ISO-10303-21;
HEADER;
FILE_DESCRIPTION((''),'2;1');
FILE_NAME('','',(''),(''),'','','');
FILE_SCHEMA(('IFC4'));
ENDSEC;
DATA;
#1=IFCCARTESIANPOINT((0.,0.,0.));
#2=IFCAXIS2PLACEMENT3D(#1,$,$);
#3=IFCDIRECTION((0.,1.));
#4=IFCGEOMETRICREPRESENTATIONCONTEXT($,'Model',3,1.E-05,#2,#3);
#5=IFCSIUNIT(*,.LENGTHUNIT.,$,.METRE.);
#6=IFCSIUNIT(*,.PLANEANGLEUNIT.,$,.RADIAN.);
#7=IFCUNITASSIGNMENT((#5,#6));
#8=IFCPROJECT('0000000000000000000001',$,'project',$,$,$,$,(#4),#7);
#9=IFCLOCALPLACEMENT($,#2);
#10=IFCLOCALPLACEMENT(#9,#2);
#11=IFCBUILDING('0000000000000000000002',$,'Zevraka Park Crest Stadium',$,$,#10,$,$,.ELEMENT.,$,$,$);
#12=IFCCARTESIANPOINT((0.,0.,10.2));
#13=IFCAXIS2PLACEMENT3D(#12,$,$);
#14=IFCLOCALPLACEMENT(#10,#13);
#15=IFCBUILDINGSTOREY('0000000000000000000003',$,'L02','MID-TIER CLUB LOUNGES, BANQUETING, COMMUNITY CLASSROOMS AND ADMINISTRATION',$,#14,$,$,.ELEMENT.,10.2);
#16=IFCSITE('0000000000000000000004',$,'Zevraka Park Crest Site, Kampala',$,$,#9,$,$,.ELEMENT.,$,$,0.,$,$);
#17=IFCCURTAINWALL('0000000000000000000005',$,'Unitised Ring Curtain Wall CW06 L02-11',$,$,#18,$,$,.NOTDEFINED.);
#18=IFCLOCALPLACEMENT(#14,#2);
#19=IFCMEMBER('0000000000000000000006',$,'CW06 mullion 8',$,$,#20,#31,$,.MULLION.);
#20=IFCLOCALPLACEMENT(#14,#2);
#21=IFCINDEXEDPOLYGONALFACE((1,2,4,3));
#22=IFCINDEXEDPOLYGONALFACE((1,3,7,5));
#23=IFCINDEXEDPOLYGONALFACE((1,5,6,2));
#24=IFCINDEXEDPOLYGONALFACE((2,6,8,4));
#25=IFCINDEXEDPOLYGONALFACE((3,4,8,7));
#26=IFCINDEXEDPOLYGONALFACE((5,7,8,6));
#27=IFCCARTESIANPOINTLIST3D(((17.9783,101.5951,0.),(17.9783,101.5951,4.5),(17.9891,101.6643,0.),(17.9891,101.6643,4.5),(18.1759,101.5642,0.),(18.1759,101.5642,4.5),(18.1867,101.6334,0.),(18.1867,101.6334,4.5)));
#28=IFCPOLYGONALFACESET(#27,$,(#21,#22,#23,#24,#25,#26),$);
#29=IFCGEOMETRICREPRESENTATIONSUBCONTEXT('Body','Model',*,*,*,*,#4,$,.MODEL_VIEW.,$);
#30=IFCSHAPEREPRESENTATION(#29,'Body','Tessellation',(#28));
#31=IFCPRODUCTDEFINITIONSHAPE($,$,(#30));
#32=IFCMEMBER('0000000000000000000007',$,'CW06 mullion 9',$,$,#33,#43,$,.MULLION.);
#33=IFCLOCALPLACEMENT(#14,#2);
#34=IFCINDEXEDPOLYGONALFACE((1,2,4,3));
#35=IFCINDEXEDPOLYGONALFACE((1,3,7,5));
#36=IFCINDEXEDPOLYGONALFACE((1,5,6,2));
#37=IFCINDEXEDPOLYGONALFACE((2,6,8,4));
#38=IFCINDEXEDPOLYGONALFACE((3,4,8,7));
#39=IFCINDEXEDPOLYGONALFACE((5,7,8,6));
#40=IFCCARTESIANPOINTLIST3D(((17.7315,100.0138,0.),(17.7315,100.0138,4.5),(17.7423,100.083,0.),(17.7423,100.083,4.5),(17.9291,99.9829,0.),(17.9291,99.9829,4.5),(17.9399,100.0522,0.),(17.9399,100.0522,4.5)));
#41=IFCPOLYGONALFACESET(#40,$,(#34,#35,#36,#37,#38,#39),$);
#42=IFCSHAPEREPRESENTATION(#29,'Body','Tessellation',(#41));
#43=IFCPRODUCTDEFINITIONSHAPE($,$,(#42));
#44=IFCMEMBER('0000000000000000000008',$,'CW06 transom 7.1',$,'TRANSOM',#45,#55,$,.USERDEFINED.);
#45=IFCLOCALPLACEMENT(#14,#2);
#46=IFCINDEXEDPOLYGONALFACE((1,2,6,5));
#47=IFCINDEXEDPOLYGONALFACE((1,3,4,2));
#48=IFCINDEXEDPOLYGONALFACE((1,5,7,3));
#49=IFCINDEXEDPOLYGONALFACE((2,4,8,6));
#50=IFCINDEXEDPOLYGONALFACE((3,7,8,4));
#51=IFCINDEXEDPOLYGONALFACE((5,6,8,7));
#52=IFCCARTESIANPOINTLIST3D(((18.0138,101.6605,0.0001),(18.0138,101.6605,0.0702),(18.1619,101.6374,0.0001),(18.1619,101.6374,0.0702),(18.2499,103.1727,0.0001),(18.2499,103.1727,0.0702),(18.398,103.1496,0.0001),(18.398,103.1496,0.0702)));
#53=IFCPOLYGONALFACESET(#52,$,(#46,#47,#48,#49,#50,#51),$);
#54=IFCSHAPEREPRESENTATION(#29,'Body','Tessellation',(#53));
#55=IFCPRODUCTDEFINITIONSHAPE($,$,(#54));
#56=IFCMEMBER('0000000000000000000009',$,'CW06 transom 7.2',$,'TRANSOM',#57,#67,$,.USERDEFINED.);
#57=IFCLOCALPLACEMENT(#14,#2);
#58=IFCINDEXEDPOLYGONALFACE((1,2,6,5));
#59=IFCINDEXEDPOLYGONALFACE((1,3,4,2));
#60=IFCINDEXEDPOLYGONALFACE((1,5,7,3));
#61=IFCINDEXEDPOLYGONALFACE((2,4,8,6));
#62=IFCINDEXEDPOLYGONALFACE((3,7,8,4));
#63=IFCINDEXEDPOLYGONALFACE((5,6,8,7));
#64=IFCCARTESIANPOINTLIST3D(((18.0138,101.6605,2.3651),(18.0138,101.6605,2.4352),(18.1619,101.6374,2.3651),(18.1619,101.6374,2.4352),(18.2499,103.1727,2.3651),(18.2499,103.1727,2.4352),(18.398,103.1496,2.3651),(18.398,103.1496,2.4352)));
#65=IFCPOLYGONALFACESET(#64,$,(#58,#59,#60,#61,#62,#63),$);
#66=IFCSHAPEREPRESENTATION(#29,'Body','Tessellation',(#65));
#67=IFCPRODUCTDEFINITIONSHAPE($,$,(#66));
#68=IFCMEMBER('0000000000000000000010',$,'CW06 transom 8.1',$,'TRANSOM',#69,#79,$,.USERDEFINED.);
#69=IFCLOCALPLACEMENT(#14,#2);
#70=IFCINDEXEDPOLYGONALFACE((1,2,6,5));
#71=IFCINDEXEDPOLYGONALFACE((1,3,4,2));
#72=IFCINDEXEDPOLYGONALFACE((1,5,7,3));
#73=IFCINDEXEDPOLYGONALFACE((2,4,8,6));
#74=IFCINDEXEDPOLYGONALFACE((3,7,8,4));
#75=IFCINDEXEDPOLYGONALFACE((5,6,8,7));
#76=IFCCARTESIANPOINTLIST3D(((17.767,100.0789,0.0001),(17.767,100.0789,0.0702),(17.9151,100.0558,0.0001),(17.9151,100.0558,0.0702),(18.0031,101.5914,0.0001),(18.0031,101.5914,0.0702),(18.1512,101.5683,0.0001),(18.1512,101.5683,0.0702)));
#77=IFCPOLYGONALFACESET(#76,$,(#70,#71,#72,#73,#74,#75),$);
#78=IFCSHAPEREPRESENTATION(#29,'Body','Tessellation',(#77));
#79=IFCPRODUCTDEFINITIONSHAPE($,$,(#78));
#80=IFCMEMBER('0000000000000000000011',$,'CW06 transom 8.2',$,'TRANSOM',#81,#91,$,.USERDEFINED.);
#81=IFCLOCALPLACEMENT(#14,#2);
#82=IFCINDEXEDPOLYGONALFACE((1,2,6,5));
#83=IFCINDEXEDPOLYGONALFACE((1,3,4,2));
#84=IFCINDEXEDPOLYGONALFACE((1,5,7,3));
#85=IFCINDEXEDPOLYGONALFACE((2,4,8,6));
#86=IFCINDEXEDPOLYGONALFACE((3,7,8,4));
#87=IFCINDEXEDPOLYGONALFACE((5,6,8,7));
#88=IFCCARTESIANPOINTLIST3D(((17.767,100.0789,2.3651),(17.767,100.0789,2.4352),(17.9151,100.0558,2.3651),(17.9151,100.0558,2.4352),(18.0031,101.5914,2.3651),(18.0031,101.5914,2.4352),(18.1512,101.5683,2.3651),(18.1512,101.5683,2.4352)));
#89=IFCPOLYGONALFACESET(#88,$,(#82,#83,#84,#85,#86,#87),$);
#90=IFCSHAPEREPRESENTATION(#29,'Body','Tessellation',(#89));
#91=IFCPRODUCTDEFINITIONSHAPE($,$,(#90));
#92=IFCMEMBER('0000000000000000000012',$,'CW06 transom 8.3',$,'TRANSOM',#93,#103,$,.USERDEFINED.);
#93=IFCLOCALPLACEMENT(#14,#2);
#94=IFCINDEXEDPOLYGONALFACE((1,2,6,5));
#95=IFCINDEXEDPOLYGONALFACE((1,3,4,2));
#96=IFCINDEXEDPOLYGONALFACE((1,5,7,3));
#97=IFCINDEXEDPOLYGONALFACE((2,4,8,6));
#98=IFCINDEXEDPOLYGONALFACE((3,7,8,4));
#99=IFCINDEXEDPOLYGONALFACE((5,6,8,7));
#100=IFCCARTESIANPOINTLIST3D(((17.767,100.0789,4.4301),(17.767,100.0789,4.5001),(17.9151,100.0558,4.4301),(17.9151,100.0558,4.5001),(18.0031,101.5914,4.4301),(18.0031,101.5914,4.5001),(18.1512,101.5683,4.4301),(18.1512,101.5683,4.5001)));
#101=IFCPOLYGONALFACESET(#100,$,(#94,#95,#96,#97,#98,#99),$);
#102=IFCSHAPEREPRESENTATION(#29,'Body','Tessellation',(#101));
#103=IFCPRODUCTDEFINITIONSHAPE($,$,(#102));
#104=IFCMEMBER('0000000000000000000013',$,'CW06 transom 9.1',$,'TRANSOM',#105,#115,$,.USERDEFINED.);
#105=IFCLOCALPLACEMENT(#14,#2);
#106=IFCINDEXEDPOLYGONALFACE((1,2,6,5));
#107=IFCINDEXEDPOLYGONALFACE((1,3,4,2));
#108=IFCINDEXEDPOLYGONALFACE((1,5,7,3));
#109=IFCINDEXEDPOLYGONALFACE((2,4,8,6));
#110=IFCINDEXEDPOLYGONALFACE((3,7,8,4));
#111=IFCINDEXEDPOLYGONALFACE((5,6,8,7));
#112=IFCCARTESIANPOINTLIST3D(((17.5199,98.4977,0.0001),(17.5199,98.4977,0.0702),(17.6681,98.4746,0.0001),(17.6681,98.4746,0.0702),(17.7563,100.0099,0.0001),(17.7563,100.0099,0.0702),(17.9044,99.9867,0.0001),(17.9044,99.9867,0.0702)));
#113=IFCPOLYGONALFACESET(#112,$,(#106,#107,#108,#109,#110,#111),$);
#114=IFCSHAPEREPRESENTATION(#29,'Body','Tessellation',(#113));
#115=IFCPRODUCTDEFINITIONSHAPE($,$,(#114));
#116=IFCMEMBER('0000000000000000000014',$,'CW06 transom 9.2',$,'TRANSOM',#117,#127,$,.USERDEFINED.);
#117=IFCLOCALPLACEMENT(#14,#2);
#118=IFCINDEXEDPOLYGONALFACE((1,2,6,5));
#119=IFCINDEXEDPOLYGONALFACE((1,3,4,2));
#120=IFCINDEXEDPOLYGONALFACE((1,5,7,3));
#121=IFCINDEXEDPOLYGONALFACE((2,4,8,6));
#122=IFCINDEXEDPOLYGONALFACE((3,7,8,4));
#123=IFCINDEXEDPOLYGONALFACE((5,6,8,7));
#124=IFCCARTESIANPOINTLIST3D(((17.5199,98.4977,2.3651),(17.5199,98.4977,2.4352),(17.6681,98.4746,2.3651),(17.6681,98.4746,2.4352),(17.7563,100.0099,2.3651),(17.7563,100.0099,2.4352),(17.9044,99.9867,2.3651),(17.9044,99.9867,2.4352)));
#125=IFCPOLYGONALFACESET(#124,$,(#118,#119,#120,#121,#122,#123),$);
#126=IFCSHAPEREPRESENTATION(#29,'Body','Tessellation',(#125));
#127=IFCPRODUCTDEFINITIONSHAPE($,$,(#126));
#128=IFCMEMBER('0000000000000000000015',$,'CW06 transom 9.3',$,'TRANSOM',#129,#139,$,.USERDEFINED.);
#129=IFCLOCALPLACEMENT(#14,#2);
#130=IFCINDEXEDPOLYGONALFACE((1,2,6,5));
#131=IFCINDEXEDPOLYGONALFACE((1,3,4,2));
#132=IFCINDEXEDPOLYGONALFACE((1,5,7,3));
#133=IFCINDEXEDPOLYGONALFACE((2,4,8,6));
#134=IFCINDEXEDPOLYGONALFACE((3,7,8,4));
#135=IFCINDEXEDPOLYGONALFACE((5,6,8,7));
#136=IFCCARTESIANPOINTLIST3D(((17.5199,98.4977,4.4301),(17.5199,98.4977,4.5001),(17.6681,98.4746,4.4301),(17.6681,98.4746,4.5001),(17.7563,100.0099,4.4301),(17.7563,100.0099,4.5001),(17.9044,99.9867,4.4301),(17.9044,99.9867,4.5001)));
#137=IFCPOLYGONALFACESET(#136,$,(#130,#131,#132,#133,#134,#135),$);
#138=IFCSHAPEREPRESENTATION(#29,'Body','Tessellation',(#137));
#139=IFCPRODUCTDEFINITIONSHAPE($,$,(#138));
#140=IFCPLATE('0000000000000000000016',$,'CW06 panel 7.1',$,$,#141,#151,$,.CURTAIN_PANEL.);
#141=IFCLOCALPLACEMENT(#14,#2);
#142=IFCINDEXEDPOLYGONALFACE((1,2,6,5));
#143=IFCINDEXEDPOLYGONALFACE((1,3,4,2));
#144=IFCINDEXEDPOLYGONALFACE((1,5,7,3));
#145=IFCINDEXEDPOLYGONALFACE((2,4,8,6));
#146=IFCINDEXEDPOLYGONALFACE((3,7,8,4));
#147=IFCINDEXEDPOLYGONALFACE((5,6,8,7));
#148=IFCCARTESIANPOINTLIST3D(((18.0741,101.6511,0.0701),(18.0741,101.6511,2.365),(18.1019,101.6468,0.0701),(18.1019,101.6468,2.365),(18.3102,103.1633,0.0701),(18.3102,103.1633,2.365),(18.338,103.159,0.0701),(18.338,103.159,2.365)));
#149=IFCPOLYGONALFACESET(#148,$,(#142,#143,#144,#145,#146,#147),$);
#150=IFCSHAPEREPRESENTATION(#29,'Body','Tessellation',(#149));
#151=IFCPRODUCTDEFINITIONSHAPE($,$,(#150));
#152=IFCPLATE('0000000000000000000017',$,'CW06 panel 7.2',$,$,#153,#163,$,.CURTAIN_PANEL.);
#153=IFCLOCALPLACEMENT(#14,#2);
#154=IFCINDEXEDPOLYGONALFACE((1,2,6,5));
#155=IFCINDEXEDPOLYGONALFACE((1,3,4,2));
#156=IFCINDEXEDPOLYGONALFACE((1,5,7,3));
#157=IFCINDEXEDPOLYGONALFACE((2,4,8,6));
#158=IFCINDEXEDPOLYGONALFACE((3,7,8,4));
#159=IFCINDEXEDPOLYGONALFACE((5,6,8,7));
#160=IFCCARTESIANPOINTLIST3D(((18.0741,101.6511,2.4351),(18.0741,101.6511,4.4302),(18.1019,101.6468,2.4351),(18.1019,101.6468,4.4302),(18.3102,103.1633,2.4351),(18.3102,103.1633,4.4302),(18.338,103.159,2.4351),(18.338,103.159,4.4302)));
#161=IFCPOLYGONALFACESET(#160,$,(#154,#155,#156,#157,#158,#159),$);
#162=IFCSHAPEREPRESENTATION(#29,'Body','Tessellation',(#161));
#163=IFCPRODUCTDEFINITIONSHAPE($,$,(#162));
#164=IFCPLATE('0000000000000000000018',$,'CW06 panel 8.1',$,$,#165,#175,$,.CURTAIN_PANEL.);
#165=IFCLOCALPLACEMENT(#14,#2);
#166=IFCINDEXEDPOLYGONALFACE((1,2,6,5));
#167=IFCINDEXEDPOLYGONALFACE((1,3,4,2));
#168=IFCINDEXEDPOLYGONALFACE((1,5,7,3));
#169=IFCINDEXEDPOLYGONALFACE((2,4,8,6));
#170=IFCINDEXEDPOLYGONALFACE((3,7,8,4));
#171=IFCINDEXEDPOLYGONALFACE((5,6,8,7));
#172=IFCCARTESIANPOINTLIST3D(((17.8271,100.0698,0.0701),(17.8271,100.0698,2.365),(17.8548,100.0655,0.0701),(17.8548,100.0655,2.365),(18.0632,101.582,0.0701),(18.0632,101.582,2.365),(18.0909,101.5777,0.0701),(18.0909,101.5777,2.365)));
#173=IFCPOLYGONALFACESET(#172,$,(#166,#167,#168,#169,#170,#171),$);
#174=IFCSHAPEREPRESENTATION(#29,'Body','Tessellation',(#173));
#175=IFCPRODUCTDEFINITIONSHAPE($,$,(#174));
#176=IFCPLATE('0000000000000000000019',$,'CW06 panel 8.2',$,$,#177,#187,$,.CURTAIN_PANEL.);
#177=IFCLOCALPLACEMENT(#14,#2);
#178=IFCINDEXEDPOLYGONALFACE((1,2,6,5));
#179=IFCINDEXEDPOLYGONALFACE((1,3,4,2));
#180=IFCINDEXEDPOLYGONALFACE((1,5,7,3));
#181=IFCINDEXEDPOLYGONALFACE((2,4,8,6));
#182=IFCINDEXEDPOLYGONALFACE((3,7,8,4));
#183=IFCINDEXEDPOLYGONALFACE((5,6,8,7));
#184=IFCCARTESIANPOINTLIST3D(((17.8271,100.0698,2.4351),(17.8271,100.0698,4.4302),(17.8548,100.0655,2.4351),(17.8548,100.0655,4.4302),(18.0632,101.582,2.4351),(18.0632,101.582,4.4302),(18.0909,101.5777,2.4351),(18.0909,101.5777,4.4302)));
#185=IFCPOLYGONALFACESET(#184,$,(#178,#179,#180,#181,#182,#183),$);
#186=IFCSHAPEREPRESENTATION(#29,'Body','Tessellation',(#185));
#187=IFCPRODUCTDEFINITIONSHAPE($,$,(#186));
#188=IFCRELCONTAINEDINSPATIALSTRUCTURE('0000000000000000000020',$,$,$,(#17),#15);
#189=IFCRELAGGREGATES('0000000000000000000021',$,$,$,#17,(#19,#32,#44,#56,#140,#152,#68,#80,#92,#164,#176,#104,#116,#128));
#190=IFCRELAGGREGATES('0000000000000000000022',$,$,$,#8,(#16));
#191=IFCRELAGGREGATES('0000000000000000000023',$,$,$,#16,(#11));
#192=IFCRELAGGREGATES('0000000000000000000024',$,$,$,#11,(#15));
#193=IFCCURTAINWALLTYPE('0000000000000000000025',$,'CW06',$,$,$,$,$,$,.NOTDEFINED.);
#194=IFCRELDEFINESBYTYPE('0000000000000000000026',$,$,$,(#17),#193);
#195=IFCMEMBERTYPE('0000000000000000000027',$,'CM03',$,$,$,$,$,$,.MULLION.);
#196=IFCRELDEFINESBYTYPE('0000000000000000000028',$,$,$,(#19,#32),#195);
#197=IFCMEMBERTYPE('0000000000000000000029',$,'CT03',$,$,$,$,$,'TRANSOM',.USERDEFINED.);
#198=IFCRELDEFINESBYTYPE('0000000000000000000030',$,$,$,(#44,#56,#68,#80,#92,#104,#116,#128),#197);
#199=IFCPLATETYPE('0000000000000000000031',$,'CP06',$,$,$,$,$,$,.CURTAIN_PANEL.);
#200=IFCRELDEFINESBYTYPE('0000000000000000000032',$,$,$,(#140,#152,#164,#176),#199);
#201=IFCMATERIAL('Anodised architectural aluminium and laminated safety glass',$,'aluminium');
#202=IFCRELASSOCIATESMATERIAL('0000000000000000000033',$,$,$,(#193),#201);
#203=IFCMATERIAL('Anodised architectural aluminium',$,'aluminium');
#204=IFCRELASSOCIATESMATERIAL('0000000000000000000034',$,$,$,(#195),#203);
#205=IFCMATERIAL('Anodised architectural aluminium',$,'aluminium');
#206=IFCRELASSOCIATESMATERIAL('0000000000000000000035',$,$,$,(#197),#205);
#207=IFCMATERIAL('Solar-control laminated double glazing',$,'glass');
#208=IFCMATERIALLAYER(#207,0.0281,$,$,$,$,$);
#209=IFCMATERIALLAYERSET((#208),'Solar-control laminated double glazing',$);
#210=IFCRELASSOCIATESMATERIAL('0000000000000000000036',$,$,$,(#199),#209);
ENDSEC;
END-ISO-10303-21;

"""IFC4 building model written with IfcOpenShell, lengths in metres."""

from ifc_helpers import new_model, si_unit, direction, frame, origin, origin_2d, place, context, subcontext, project, spatial, rectangle, extrude, material, layer, layer_set, material_profile, profile_set, type_object, element, aggregate, save


model = new_model("IFC4")

# Units and contexts
model_context = context("Model", 3, precision=1e-05, world=origin(), true_north=direction((0.0, 1.0)))
body_context = subcontext(model_context, "Body", "Model", "MODEL_VIEW")
ifc_project = project(units=[si_unit("LENGTHUNIT", "METRE"), si_unit("PLANEANGLEUNIT", "RADIAN")], contexts=[model_context])

# Site, building, storey
site_placement = place(None, origin())
site = spatial("IfcSite", under=ifc_project, at=site_placement, Name="Zevraka Park Crest Site, Kampala", CompositionType="ELEMENT", RefElevation=0.0)
building_placement = place(site_placement, origin())
building = spatial("IfcBuilding", under=site, at=building_placement, Name="Zevraka Park Crest Stadium", CompositionType="ELEMENT")
storey_placement = place(building_placement, frame((0.0, 0.0, 10.2)))
storey = spatial("IfcBuildingStorey", under=building, at=storey_placement, Name="L02", Description="MID-TIER CLUB LOUNGES, BANQUETING, COMMUNITY CLASSROOMS AND ADMINISTRATION", CompositionType="ELEMENT", Elevation=10.2)

# Curtain wall, members, plates
ifc_material_1 = material(Name="Anodised architectural aluminium and laminated safety glass", Category="aluminium")
curtain_wall_type = type_object("IfcCurtainWallType", Name="CW06", PredefinedType="NOTDEFINED", material=ifc_material_1)
curtain_wall_placement = place(storey_placement, origin())
curtain_wall = element("IfcCurtainWall", 1, at=curtain_wall_placement, inside=storey, type_object=curtain_wall_type, Name="Unitised Ring Curtain Wall CW06 L02-11", PredefinedType="NOTDEFINED")
ifc_material_2 = material(Name="Anodised architectural aluminium", Category="aluminium")
ifc_material_profile_1 = material_profile(ifc_material_2, rectangle(XDim=0.2, YDim=0.0701, at=origin_2d()), Name="ALU MULLION 200x70")
ifc_profile_set_1 = profile_set([ifc_material_profile_1], Name="Anodised architectural aluminium")
member_type_1 = type_object("IfcMemberType", Name="CM03", PredefinedType="MULLION", material=ifc_profile_set_1)
member_1_placement = place(storey_placement, frame((18.0825, 101.6143, 0.0), z_axis=(0.0, 0.0, 1.0), x_axis=(0.988028, -0.154274, 0.0)))
member_1 = element("IfcMember", 2, at=member_1_placement, type_object=member_type_1, Name="CW06 mullion 8", PredefinedType="MULLION", context=body_context, shape_type="SweptSolid", body=[
    extrude(rectangle(XDim=0.2, YDim=0.0701, at=origin_2d()), origin(), (0.0, 0.0, 1.0), 4.5),
])
member_2_placement = place(storey_placement, frame((17.8357, 100.033, 0.0), z_axis=(0.0, 0.0, 1.0), x_axis=(0.988028, -0.154274, 0.0)))
member_2 = element("IfcMember", 3, at=member_2_placement, type_object=member_type_1, Name="CW06 mullion 9", PredefinedType="MULLION", context=body_context, shape_type="SweptSolid", body=[
    extrude(rectangle(XDim=0.2, YDim=0.0701, at=origin_2d()), origin(), (0.0, 0.0, 1.0), 4.5),
])
ifc_material_3 = material(Name="Anodised architectural aluminium", Category="aluminium")
ifc_material_profile_2 = material_profile(ifc_material_3, rectangle(XDim=0.1499, YDim=0.0701, at=origin_2d()), Name="ALU TRANSOM 150x70")
ifc_profile_set_2 = profile_set([ifc_material_profile_2], Name="Anodised architectural aluminium")
member_type_2 = type_object("IfcMemberType", Name="CT03", ElementType="TRANSOM", PredefinedType="USERDEFINED", material=ifc_profile_set_2)
member_3_placement = place(storey_placement, frame((18.324, 103.1611, 0.0352), z_axis=(-0.15425, -0.988032, 0.0), x_axis=(0.988032, -0.15425, 0.0)))
member_3 = element("IfcMember", 4, at=member_3_placement, type_object=member_type_2, Name="CW06 transom 7.1", ObjectType="TRANSOM", PredefinedType="USERDEFINED", context=body_context, shape_type="SweptSolid", body=[
    extrude(rectangle(XDim=0.1499, YDim=0.0701, at=origin_2d()), origin(), (0.0, 0.0, 1.0), 1.5305),
])
member_4_placement = place(storey_placement, frame((18.324, 103.1611, 2.4001), z_axis=(-0.15425, -0.988032, 0.0), x_axis=(0.988032, -0.15425, 0.0)))
member_4 = element("IfcMember", 5, at=member_4_placement, type_object=member_type_2, Name="CW06 transom 7.2", ObjectType="TRANSOM", PredefinedType="USERDEFINED", context=body_context, shape_type="SweptSolid", body=[
    extrude(rectangle(XDim=0.1499, YDim=0.0701, at=origin_2d()), origin(), (0.0, 0.0, 1.0), 1.5305),
])
member_5_placement = place(storey_placement, frame((18.0771, 101.5798, 0.0352), z_axis=(-0.154226, -0.988036, 0.0), x_axis=(0.988036, -0.154226, 0.0)))
member_5 = element("IfcMember", 6, at=member_5_placement, type_object=member_type_2, Name="CW06 transom 8.1", ObjectType="TRANSOM", PredefinedType="USERDEFINED", context=body_context, shape_type="SweptSolid", body=[
    extrude(rectangle(XDim=0.1499, YDim=0.0701, at=origin_2d()), origin(), (0.0, 0.0, 1.0), 1.5308),
])
member_6_placement = place(storey_placement, frame((18.0771, 101.5798, 2.4001), z_axis=(-0.154226, -0.988036, 0.0), x_axis=(0.988036, -0.154226, 0.0)))
member_6 = element("IfcMember", 7, at=member_6_placement, type_object=member_type_2, Name="CW06 transom 8.2", ObjectType="TRANSOM", PredefinedType="USERDEFINED", context=body_context, shape_type="SweptSolid", body=[
    extrude(rectangle(XDim=0.1499, YDim=0.0701, at=origin_2d()), origin(), (0.0, 0.0, 1.0), 1.5308),
])
member_7_placement = place(storey_placement, frame((18.0771, 101.5798, 4.4651), z_axis=(-0.154226, -0.988036, 0.0), x_axis=(0.988036, -0.154226, 0.0)))
member_7 = element("IfcMember", 8, at=member_7_placement, type_object=member_type_2, Name="CW06 transom 8.3", ObjectType="TRANSOM", PredefinedType="USERDEFINED", context=body_context, shape_type="SweptSolid", body=[
    extrude(rectangle(XDim=0.1499, YDim=0.0701, at=origin_2d()), origin(), (0.0, 0.0, 1.0), 1.5308),
])
member_8_placement = place(storey_placement, frame((17.8303, 99.9983, 0.0352), z_axis=(-0.154406, -0.988007, 0.0), x_axis=(0.988007, -0.154406, 0.0)))
member_8 = element("IfcMember", 9, at=member_8_placement, type_object=member_type_2, Name="CW06 transom 9.1", ObjectType="TRANSOM", PredefinedType="USERDEFINED", context=body_context, shape_type="SweptSolid", body=[
    extrude(rectangle(XDim=0.1499, YDim=0.0701, at=origin_2d()), origin(), (0.0, 0.0, 1.0), 1.5305),
])
member_9_placement = place(storey_placement, frame((17.8303, 99.9983, 2.4001), z_axis=(-0.154406, -0.988007, 0.0), x_axis=(0.988007, -0.154406, 0.0)))
member_9 = element("IfcMember", 10, at=member_9_placement, type_object=member_type_2, Name="CW06 transom 9.2", ObjectType="TRANSOM", PredefinedType="USERDEFINED", context=body_context, shape_type="SweptSolid", body=[
    extrude(rectangle(XDim=0.1499, YDim=0.0701, at=origin_2d()), origin(), (0.0, 0.0, 1.0), 1.5305),
])
member_10_placement = place(storey_placement, frame((17.8303, 99.9983, 4.4651), z_axis=(-0.154406, -0.988007, 0.0), x_axis=(0.988007, -0.154406, 0.0)))
member_10 = element("IfcMember", 11, at=member_10_placement, type_object=member_type_2, Name="CW06 transom 9.3", ObjectType="TRANSOM", PredefinedType="USERDEFINED", context=body_context, shape_type="SweptSolid", body=[
    extrude(rectangle(XDim=0.1499, YDim=0.0701, at=origin_2d()), origin(), (0.0, 0.0, 1.0), 1.5305),
])
ifc_material_4 = material(Name="Solar-control laminated double glazing", Category="glass")
ifc_layer_1 = layer(ifc_material_4, 0.0281)
ifc_layer_set_1 = layer_set([ifc_layer_1], Name="Solar-control laminated double glazing")
plate_type = type_object("IfcPlateType", Name="CP06", PredefinedType="CURTAIN_PANEL", material=ifc_layer_set_1)
plate_1_placement = place(storey_placement, frame((18.2061, 102.405, 0.0701), z_axis=(0.0, 0.0, 1.0), x_axis=(-0.154274, -0.988028, 0.0)))
plate_1 = element("IfcPlate", 12, at=plate_1_placement, type_object=plate_type, Name="CW06 panel 7.1", PredefinedType="CURTAIN_PANEL", context=body_context, shape_type="SweptSolid", body=[
    extrude(rectangle(XDim=1.5305, YDim=0.0281, at=origin_2d()), origin(), (0.0, 0.0, 1.0), 2.2949),
])
plate_2_placement = place(storey_placement, frame((18.2061, 102.405, 2.4351), z_axis=(0.0, 0.0, 1.0), x_axis=(-0.154274, -0.988028, 0.0)))
plate_2 = element("IfcPlate", 13, at=plate_2_placement, type_object=plate_type, Name="CW06 panel 7.2", PredefinedType="CURTAIN_PANEL", context=body_context, shape_type="SweptSolid", body=[
    extrude(rectangle(XDim=1.5305, YDim=0.0281, at=origin_2d()), origin(), (0.0, 0.0, 1.0), 1.9951),
])
plate_3_placement = place(storey_placement, frame((17.959, 100.8237, 0.0701), z_axis=(0.0, 0.0, 1.0), x_axis=(-0.154274, -0.988028, 0.0)))
plate_3 = element("IfcPlate", 14, at=plate_3_placement, type_object=plate_type, Name="CW06 panel 8.1", PredefinedType="CURTAIN_PANEL", context=body_context, shape_type="SweptSolid", body=[
    extrude(rectangle(XDim=1.5305, YDim=0.0281, at=origin_2d()), origin(), (0.0, 0.0, 1.0), 2.2949),
])
plate_4_placement = place(storey_placement, frame((17.959, 100.8237, 2.4351), z_axis=(0.0, 0.0, 1.0), x_axis=(-0.154274, -0.988028, 0.0)))
plate_4 = element("IfcPlate", 15, at=plate_4_placement, type_object=plate_type, Name="CW06 panel 8.2", PredefinedType="CURTAIN_PANEL", context=body_context, shape_type="SweptSolid", body=[
    extrude(rectangle(XDim=1.5305, YDim=0.0281, at=origin_2d()), origin(), (0.0, 0.0, 1.0), 1.9951),
])
aggregate(curtain_wall, [member_1, member_2, member_3, member_4, plate_1, plate_2, member_5, member_6, member_7, plate_3, plate_4, member_8, member_9, member_10])

save(model, "model.ifc")
